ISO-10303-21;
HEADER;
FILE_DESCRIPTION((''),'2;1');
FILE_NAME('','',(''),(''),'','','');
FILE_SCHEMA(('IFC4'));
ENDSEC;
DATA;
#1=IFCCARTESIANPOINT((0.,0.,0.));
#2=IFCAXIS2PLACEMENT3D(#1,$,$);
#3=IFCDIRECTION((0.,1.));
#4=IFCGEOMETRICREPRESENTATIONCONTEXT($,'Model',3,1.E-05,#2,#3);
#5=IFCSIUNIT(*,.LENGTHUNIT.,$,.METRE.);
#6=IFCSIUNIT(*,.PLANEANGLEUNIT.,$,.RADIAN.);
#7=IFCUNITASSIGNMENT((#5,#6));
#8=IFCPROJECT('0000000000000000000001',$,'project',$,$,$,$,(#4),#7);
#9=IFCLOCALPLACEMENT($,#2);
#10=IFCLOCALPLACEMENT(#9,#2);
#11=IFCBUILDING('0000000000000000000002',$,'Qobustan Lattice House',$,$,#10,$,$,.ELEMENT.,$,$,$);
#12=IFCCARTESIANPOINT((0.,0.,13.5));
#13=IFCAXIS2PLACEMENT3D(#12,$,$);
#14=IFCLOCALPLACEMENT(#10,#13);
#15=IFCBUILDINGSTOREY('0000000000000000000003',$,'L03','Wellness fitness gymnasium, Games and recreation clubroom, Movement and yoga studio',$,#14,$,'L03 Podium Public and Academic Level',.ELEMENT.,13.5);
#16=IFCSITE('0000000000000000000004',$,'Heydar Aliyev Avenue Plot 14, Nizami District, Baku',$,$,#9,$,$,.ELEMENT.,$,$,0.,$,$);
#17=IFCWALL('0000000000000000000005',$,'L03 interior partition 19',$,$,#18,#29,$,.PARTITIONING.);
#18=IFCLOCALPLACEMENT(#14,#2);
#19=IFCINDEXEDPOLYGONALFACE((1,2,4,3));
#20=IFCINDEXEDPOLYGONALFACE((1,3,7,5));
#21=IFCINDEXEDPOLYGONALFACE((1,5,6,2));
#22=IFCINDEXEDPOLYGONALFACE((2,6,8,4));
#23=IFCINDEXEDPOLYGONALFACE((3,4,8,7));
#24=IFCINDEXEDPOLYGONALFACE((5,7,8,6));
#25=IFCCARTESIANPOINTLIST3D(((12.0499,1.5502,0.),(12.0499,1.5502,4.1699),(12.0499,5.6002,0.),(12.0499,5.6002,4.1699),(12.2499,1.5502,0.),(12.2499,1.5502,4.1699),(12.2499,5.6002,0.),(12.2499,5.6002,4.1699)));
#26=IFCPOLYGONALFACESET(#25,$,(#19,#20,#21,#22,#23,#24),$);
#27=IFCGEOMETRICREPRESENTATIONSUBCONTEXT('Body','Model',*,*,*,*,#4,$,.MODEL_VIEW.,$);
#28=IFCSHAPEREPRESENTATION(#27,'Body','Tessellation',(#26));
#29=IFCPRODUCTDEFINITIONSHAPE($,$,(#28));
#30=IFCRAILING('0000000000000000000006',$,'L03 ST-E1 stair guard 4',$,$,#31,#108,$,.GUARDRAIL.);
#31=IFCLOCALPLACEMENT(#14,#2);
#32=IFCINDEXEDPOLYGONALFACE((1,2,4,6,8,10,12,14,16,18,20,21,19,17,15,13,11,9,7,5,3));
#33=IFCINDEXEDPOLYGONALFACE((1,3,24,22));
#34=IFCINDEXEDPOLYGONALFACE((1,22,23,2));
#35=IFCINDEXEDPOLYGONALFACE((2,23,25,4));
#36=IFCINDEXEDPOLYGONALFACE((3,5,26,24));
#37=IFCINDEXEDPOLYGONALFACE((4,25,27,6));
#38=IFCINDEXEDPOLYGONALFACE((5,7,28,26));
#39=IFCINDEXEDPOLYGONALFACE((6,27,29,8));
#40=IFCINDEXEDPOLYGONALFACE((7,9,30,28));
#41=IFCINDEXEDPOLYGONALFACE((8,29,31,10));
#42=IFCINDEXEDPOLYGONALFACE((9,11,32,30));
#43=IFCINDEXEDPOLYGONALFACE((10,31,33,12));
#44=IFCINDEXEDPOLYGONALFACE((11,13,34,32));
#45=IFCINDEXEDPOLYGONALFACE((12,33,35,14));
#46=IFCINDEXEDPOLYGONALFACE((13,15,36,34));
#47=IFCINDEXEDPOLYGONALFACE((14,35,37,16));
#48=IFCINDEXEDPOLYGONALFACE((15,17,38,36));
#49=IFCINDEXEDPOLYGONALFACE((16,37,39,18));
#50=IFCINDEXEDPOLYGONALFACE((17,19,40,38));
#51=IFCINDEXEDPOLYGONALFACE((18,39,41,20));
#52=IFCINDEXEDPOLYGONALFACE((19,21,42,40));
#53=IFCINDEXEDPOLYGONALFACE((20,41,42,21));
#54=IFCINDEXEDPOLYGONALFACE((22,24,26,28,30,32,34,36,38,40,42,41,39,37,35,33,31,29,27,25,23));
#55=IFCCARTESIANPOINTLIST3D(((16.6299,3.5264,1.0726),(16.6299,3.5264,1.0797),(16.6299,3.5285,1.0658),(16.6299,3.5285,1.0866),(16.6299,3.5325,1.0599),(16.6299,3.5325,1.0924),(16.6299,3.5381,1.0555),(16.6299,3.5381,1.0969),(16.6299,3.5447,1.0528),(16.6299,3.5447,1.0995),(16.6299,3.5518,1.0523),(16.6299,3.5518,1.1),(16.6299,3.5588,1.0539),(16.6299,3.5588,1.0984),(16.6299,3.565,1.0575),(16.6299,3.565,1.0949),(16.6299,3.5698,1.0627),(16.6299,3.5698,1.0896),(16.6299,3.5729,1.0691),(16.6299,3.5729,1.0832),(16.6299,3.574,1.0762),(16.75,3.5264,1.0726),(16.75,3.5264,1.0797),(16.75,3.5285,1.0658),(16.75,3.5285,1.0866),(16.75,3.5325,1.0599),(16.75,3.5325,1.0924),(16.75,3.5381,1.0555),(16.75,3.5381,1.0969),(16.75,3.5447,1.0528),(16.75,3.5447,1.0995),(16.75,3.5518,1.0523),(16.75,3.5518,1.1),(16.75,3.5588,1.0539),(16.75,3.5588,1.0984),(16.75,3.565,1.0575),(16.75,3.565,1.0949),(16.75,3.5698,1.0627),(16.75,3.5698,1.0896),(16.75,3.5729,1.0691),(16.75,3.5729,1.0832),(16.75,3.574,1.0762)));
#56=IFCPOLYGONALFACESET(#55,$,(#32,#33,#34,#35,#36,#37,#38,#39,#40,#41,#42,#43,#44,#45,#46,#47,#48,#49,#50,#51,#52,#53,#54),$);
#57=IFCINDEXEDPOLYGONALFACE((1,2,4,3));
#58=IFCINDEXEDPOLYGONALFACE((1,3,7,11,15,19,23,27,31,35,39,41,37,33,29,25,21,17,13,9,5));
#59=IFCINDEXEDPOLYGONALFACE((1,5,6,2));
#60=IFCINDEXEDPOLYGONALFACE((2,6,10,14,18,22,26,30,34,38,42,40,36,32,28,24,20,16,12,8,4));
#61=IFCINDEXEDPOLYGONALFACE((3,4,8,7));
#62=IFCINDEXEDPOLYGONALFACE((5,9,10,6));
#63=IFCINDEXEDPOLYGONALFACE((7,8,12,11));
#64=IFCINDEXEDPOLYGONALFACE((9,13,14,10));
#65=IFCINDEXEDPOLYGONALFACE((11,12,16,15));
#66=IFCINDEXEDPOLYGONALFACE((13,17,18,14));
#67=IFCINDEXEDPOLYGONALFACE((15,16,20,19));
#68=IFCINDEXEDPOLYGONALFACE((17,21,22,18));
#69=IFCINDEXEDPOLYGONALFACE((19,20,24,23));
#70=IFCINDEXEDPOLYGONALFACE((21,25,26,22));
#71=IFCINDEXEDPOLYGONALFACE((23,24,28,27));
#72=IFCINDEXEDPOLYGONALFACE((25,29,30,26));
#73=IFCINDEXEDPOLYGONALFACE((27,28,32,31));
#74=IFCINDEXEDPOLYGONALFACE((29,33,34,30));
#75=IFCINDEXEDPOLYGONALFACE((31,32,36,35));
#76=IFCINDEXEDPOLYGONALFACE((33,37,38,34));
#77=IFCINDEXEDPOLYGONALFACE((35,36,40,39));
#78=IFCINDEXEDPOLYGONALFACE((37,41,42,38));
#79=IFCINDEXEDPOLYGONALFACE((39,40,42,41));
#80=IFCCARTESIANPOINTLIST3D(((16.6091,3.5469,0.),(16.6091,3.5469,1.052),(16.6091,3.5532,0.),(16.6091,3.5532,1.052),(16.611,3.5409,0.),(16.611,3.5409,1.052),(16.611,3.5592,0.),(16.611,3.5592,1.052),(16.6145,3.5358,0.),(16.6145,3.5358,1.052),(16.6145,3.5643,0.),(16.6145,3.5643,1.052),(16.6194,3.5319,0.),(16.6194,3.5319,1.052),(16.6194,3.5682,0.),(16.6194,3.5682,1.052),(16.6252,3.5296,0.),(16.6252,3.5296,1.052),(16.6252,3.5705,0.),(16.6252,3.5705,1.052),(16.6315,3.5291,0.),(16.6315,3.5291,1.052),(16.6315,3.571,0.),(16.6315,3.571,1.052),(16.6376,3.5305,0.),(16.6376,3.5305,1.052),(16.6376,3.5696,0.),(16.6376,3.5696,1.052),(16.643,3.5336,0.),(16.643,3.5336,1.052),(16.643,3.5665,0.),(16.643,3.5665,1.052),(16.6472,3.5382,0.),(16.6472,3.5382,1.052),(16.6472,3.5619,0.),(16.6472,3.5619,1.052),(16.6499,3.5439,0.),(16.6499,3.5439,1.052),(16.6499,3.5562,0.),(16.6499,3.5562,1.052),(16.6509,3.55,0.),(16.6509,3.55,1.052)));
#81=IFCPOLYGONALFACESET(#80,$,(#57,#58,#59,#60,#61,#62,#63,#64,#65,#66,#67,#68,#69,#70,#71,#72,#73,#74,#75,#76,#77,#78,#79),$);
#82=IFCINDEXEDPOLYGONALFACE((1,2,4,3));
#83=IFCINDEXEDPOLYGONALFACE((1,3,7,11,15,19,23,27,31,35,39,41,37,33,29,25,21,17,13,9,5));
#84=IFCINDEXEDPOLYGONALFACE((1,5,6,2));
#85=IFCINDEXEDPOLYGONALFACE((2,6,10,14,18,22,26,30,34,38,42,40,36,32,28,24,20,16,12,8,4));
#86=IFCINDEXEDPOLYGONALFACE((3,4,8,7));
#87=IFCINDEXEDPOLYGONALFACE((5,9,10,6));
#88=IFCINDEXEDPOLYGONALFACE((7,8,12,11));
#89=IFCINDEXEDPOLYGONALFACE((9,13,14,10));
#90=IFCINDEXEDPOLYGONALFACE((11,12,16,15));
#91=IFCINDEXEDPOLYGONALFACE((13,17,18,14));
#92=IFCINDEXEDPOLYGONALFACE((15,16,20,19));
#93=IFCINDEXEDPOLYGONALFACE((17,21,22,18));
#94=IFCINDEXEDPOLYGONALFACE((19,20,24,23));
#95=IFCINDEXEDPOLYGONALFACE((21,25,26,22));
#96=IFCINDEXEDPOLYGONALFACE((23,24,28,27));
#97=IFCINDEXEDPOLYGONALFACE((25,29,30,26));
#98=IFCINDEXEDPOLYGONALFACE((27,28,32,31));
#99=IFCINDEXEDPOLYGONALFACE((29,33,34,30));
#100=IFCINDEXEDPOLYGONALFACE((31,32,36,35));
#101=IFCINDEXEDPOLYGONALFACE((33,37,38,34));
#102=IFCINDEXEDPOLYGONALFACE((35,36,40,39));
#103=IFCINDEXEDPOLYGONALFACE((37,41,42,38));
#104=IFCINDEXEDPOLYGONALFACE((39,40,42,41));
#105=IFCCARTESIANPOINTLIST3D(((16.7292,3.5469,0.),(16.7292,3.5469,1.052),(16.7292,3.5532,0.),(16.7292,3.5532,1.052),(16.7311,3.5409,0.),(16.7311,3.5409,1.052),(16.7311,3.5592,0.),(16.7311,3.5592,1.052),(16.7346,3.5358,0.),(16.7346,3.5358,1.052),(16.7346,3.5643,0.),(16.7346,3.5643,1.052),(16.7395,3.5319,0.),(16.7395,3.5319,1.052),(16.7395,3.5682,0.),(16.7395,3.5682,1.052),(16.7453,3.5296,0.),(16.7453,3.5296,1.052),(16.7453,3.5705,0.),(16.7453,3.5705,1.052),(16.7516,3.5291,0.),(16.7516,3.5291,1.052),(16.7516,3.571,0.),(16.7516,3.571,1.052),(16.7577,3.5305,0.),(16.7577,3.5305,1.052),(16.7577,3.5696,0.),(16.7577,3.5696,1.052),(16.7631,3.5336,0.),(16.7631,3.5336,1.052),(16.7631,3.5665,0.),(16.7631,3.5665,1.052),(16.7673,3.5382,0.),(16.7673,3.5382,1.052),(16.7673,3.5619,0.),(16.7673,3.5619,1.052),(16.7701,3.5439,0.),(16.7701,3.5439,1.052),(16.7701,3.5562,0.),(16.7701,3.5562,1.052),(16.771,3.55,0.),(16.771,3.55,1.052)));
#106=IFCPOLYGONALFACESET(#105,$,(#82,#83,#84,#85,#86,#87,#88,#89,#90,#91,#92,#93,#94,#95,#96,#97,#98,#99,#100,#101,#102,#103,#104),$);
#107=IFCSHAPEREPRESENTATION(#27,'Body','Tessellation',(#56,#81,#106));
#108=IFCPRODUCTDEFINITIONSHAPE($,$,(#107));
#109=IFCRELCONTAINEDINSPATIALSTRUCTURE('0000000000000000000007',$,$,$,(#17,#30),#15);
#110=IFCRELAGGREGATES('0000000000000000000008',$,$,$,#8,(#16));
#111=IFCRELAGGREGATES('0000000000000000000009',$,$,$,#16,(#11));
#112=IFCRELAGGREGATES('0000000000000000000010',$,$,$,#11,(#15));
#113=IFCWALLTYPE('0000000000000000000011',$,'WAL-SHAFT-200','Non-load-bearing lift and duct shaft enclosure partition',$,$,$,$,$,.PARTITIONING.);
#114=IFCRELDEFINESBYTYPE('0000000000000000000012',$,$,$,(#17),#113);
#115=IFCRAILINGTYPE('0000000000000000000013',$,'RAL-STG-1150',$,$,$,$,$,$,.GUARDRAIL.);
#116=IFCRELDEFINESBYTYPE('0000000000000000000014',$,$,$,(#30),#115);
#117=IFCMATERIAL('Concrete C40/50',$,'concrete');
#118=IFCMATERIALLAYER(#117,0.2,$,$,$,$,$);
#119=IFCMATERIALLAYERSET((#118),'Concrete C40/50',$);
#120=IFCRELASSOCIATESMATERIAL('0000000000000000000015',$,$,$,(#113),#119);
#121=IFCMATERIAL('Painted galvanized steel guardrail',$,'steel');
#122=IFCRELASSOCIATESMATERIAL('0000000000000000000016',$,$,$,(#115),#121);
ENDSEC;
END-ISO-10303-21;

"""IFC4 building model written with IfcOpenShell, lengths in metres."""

from ifc_helpers import new_model, si_unit, direction, frame, frame_2d, origin, origin_2d, place, context, subcontext, project, spatial, rectangle, circle, extrude, material, layer, layer_set, type_object, element, save


model = new_model("IFC4")

# Units and contexts
model_context = context("Model", 3, precision=1e-05, world=origin(), true_north=direction((0.0, 1.0)))
body_context = subcontext(model_context, "Body", "Model", "MODEL_VIEW")
ifc_project = project(units=[si_unit("LENGTHUNIT", "METRE"), si_unit("PLANEANGLEUNIT", "RADIAN")], contexts=[model_context])

# Site, building, storey
site_placement = place(None, origin())
site = spatial("IfcSite", under=ifc_project, at=site_placement, Name="Heydar Aliyev Avenue Plot 14, Nizami District, Baku", CompositionType="ELEMENT", RefElevation=0.0)
building_placement = place(site_placement, origin())
building = spatial("IfcBuilding", under=site, at=building_placement, Name="Qobustan Lattice House", CompositionType="ELEMENT")
storey_placement = place(building_placement, frame((0.0, 0.0, 13.5)))
storey = spatial("IfcBuildingStorey", under=building, at=storey_placement, Name="L03", Description="Wellness fitness gymnasium, Games and recreation clubroom, Movement and yoga studio", LongName="L03 Podium Public and Academic Level", CompositionType="ELEMENT", Elevation=13.5)

# Wall
ifc_material_1 = material(Name="Concrete C40/50", Category="concrete")
ifc_layer_1 = layer(ifc_material_1, 0.2)
ifc_layer_set_1 = layer_set([ifc_layer_1], Name="Concrete C40/50")
wall_type_1 = type_object("IfcWallType", Name="WAL-SHAFT-200", Description="Non-load-bearing lift and duct shaft enclosure partition", PredefinedType="PARTITIONING", material=ifc_layer_set_1)
wall_1_placement = place(storey_placement, frame((12.1499, 5.6001, 0.0), z_axis=(0.0, 0.0, 1.0), x_axis=(0.0, -1.0, 0.0)))
element("IfcWall", 1, at=wall_1_placement, inside=storey, type_object=wall_type_1, Name="L03 interior partition 19", PredefinedType="PARTITIONING", context=body_context, shape_type="SweptSolid", body=[
    extrude(rectangle(XDim=4.05, YDim=0.2, at=frame_2d((2.0249, 0.0))), origin(), (0.0, 0.0, 1.0), 4.1699),
])

# Railing
ifc_material_2 = material(Name="Painted galvanized steel guardrail", Category="steel")
railing_type = type_object("IfcRailingType", Name="RAL-STG-1150", PredefinedType="GUARDRAIL", material=ifc_material_2)
railing_placement = place(storey_placement, frame((16.6299, 3.55, 0.0)))
element("IfcRailing", 2, at=railing_placement, inside=storey, type_object=railing_type, Name="L03 ST-E1 stair guard 4", PredefinedType="GUARDRAIL", context=body_context, shape_type="SweptSolid", body=[
    extrude(circle(Radius=0.0239, at=origin_2d()), frame((0.0, 0.0, 1.0762), z_axis=(1.0, 0.0, 0.0), x_axis=(0.0, 1.0, 0.0)), (0.0, 0.0, 1.0), 0.1201),
    extrude(circle(Radius=0.021, at=origin_2d()), origin(), (0.0, 0.0, 1.0), 1.052),
    extrude(circle(Radius=0.021, at=origin_2d()), frame((0.1201, 0.0, 0.0)), (0.0, 0.0, 1.0), 1.052),
])

save(model, "model.ifc")
